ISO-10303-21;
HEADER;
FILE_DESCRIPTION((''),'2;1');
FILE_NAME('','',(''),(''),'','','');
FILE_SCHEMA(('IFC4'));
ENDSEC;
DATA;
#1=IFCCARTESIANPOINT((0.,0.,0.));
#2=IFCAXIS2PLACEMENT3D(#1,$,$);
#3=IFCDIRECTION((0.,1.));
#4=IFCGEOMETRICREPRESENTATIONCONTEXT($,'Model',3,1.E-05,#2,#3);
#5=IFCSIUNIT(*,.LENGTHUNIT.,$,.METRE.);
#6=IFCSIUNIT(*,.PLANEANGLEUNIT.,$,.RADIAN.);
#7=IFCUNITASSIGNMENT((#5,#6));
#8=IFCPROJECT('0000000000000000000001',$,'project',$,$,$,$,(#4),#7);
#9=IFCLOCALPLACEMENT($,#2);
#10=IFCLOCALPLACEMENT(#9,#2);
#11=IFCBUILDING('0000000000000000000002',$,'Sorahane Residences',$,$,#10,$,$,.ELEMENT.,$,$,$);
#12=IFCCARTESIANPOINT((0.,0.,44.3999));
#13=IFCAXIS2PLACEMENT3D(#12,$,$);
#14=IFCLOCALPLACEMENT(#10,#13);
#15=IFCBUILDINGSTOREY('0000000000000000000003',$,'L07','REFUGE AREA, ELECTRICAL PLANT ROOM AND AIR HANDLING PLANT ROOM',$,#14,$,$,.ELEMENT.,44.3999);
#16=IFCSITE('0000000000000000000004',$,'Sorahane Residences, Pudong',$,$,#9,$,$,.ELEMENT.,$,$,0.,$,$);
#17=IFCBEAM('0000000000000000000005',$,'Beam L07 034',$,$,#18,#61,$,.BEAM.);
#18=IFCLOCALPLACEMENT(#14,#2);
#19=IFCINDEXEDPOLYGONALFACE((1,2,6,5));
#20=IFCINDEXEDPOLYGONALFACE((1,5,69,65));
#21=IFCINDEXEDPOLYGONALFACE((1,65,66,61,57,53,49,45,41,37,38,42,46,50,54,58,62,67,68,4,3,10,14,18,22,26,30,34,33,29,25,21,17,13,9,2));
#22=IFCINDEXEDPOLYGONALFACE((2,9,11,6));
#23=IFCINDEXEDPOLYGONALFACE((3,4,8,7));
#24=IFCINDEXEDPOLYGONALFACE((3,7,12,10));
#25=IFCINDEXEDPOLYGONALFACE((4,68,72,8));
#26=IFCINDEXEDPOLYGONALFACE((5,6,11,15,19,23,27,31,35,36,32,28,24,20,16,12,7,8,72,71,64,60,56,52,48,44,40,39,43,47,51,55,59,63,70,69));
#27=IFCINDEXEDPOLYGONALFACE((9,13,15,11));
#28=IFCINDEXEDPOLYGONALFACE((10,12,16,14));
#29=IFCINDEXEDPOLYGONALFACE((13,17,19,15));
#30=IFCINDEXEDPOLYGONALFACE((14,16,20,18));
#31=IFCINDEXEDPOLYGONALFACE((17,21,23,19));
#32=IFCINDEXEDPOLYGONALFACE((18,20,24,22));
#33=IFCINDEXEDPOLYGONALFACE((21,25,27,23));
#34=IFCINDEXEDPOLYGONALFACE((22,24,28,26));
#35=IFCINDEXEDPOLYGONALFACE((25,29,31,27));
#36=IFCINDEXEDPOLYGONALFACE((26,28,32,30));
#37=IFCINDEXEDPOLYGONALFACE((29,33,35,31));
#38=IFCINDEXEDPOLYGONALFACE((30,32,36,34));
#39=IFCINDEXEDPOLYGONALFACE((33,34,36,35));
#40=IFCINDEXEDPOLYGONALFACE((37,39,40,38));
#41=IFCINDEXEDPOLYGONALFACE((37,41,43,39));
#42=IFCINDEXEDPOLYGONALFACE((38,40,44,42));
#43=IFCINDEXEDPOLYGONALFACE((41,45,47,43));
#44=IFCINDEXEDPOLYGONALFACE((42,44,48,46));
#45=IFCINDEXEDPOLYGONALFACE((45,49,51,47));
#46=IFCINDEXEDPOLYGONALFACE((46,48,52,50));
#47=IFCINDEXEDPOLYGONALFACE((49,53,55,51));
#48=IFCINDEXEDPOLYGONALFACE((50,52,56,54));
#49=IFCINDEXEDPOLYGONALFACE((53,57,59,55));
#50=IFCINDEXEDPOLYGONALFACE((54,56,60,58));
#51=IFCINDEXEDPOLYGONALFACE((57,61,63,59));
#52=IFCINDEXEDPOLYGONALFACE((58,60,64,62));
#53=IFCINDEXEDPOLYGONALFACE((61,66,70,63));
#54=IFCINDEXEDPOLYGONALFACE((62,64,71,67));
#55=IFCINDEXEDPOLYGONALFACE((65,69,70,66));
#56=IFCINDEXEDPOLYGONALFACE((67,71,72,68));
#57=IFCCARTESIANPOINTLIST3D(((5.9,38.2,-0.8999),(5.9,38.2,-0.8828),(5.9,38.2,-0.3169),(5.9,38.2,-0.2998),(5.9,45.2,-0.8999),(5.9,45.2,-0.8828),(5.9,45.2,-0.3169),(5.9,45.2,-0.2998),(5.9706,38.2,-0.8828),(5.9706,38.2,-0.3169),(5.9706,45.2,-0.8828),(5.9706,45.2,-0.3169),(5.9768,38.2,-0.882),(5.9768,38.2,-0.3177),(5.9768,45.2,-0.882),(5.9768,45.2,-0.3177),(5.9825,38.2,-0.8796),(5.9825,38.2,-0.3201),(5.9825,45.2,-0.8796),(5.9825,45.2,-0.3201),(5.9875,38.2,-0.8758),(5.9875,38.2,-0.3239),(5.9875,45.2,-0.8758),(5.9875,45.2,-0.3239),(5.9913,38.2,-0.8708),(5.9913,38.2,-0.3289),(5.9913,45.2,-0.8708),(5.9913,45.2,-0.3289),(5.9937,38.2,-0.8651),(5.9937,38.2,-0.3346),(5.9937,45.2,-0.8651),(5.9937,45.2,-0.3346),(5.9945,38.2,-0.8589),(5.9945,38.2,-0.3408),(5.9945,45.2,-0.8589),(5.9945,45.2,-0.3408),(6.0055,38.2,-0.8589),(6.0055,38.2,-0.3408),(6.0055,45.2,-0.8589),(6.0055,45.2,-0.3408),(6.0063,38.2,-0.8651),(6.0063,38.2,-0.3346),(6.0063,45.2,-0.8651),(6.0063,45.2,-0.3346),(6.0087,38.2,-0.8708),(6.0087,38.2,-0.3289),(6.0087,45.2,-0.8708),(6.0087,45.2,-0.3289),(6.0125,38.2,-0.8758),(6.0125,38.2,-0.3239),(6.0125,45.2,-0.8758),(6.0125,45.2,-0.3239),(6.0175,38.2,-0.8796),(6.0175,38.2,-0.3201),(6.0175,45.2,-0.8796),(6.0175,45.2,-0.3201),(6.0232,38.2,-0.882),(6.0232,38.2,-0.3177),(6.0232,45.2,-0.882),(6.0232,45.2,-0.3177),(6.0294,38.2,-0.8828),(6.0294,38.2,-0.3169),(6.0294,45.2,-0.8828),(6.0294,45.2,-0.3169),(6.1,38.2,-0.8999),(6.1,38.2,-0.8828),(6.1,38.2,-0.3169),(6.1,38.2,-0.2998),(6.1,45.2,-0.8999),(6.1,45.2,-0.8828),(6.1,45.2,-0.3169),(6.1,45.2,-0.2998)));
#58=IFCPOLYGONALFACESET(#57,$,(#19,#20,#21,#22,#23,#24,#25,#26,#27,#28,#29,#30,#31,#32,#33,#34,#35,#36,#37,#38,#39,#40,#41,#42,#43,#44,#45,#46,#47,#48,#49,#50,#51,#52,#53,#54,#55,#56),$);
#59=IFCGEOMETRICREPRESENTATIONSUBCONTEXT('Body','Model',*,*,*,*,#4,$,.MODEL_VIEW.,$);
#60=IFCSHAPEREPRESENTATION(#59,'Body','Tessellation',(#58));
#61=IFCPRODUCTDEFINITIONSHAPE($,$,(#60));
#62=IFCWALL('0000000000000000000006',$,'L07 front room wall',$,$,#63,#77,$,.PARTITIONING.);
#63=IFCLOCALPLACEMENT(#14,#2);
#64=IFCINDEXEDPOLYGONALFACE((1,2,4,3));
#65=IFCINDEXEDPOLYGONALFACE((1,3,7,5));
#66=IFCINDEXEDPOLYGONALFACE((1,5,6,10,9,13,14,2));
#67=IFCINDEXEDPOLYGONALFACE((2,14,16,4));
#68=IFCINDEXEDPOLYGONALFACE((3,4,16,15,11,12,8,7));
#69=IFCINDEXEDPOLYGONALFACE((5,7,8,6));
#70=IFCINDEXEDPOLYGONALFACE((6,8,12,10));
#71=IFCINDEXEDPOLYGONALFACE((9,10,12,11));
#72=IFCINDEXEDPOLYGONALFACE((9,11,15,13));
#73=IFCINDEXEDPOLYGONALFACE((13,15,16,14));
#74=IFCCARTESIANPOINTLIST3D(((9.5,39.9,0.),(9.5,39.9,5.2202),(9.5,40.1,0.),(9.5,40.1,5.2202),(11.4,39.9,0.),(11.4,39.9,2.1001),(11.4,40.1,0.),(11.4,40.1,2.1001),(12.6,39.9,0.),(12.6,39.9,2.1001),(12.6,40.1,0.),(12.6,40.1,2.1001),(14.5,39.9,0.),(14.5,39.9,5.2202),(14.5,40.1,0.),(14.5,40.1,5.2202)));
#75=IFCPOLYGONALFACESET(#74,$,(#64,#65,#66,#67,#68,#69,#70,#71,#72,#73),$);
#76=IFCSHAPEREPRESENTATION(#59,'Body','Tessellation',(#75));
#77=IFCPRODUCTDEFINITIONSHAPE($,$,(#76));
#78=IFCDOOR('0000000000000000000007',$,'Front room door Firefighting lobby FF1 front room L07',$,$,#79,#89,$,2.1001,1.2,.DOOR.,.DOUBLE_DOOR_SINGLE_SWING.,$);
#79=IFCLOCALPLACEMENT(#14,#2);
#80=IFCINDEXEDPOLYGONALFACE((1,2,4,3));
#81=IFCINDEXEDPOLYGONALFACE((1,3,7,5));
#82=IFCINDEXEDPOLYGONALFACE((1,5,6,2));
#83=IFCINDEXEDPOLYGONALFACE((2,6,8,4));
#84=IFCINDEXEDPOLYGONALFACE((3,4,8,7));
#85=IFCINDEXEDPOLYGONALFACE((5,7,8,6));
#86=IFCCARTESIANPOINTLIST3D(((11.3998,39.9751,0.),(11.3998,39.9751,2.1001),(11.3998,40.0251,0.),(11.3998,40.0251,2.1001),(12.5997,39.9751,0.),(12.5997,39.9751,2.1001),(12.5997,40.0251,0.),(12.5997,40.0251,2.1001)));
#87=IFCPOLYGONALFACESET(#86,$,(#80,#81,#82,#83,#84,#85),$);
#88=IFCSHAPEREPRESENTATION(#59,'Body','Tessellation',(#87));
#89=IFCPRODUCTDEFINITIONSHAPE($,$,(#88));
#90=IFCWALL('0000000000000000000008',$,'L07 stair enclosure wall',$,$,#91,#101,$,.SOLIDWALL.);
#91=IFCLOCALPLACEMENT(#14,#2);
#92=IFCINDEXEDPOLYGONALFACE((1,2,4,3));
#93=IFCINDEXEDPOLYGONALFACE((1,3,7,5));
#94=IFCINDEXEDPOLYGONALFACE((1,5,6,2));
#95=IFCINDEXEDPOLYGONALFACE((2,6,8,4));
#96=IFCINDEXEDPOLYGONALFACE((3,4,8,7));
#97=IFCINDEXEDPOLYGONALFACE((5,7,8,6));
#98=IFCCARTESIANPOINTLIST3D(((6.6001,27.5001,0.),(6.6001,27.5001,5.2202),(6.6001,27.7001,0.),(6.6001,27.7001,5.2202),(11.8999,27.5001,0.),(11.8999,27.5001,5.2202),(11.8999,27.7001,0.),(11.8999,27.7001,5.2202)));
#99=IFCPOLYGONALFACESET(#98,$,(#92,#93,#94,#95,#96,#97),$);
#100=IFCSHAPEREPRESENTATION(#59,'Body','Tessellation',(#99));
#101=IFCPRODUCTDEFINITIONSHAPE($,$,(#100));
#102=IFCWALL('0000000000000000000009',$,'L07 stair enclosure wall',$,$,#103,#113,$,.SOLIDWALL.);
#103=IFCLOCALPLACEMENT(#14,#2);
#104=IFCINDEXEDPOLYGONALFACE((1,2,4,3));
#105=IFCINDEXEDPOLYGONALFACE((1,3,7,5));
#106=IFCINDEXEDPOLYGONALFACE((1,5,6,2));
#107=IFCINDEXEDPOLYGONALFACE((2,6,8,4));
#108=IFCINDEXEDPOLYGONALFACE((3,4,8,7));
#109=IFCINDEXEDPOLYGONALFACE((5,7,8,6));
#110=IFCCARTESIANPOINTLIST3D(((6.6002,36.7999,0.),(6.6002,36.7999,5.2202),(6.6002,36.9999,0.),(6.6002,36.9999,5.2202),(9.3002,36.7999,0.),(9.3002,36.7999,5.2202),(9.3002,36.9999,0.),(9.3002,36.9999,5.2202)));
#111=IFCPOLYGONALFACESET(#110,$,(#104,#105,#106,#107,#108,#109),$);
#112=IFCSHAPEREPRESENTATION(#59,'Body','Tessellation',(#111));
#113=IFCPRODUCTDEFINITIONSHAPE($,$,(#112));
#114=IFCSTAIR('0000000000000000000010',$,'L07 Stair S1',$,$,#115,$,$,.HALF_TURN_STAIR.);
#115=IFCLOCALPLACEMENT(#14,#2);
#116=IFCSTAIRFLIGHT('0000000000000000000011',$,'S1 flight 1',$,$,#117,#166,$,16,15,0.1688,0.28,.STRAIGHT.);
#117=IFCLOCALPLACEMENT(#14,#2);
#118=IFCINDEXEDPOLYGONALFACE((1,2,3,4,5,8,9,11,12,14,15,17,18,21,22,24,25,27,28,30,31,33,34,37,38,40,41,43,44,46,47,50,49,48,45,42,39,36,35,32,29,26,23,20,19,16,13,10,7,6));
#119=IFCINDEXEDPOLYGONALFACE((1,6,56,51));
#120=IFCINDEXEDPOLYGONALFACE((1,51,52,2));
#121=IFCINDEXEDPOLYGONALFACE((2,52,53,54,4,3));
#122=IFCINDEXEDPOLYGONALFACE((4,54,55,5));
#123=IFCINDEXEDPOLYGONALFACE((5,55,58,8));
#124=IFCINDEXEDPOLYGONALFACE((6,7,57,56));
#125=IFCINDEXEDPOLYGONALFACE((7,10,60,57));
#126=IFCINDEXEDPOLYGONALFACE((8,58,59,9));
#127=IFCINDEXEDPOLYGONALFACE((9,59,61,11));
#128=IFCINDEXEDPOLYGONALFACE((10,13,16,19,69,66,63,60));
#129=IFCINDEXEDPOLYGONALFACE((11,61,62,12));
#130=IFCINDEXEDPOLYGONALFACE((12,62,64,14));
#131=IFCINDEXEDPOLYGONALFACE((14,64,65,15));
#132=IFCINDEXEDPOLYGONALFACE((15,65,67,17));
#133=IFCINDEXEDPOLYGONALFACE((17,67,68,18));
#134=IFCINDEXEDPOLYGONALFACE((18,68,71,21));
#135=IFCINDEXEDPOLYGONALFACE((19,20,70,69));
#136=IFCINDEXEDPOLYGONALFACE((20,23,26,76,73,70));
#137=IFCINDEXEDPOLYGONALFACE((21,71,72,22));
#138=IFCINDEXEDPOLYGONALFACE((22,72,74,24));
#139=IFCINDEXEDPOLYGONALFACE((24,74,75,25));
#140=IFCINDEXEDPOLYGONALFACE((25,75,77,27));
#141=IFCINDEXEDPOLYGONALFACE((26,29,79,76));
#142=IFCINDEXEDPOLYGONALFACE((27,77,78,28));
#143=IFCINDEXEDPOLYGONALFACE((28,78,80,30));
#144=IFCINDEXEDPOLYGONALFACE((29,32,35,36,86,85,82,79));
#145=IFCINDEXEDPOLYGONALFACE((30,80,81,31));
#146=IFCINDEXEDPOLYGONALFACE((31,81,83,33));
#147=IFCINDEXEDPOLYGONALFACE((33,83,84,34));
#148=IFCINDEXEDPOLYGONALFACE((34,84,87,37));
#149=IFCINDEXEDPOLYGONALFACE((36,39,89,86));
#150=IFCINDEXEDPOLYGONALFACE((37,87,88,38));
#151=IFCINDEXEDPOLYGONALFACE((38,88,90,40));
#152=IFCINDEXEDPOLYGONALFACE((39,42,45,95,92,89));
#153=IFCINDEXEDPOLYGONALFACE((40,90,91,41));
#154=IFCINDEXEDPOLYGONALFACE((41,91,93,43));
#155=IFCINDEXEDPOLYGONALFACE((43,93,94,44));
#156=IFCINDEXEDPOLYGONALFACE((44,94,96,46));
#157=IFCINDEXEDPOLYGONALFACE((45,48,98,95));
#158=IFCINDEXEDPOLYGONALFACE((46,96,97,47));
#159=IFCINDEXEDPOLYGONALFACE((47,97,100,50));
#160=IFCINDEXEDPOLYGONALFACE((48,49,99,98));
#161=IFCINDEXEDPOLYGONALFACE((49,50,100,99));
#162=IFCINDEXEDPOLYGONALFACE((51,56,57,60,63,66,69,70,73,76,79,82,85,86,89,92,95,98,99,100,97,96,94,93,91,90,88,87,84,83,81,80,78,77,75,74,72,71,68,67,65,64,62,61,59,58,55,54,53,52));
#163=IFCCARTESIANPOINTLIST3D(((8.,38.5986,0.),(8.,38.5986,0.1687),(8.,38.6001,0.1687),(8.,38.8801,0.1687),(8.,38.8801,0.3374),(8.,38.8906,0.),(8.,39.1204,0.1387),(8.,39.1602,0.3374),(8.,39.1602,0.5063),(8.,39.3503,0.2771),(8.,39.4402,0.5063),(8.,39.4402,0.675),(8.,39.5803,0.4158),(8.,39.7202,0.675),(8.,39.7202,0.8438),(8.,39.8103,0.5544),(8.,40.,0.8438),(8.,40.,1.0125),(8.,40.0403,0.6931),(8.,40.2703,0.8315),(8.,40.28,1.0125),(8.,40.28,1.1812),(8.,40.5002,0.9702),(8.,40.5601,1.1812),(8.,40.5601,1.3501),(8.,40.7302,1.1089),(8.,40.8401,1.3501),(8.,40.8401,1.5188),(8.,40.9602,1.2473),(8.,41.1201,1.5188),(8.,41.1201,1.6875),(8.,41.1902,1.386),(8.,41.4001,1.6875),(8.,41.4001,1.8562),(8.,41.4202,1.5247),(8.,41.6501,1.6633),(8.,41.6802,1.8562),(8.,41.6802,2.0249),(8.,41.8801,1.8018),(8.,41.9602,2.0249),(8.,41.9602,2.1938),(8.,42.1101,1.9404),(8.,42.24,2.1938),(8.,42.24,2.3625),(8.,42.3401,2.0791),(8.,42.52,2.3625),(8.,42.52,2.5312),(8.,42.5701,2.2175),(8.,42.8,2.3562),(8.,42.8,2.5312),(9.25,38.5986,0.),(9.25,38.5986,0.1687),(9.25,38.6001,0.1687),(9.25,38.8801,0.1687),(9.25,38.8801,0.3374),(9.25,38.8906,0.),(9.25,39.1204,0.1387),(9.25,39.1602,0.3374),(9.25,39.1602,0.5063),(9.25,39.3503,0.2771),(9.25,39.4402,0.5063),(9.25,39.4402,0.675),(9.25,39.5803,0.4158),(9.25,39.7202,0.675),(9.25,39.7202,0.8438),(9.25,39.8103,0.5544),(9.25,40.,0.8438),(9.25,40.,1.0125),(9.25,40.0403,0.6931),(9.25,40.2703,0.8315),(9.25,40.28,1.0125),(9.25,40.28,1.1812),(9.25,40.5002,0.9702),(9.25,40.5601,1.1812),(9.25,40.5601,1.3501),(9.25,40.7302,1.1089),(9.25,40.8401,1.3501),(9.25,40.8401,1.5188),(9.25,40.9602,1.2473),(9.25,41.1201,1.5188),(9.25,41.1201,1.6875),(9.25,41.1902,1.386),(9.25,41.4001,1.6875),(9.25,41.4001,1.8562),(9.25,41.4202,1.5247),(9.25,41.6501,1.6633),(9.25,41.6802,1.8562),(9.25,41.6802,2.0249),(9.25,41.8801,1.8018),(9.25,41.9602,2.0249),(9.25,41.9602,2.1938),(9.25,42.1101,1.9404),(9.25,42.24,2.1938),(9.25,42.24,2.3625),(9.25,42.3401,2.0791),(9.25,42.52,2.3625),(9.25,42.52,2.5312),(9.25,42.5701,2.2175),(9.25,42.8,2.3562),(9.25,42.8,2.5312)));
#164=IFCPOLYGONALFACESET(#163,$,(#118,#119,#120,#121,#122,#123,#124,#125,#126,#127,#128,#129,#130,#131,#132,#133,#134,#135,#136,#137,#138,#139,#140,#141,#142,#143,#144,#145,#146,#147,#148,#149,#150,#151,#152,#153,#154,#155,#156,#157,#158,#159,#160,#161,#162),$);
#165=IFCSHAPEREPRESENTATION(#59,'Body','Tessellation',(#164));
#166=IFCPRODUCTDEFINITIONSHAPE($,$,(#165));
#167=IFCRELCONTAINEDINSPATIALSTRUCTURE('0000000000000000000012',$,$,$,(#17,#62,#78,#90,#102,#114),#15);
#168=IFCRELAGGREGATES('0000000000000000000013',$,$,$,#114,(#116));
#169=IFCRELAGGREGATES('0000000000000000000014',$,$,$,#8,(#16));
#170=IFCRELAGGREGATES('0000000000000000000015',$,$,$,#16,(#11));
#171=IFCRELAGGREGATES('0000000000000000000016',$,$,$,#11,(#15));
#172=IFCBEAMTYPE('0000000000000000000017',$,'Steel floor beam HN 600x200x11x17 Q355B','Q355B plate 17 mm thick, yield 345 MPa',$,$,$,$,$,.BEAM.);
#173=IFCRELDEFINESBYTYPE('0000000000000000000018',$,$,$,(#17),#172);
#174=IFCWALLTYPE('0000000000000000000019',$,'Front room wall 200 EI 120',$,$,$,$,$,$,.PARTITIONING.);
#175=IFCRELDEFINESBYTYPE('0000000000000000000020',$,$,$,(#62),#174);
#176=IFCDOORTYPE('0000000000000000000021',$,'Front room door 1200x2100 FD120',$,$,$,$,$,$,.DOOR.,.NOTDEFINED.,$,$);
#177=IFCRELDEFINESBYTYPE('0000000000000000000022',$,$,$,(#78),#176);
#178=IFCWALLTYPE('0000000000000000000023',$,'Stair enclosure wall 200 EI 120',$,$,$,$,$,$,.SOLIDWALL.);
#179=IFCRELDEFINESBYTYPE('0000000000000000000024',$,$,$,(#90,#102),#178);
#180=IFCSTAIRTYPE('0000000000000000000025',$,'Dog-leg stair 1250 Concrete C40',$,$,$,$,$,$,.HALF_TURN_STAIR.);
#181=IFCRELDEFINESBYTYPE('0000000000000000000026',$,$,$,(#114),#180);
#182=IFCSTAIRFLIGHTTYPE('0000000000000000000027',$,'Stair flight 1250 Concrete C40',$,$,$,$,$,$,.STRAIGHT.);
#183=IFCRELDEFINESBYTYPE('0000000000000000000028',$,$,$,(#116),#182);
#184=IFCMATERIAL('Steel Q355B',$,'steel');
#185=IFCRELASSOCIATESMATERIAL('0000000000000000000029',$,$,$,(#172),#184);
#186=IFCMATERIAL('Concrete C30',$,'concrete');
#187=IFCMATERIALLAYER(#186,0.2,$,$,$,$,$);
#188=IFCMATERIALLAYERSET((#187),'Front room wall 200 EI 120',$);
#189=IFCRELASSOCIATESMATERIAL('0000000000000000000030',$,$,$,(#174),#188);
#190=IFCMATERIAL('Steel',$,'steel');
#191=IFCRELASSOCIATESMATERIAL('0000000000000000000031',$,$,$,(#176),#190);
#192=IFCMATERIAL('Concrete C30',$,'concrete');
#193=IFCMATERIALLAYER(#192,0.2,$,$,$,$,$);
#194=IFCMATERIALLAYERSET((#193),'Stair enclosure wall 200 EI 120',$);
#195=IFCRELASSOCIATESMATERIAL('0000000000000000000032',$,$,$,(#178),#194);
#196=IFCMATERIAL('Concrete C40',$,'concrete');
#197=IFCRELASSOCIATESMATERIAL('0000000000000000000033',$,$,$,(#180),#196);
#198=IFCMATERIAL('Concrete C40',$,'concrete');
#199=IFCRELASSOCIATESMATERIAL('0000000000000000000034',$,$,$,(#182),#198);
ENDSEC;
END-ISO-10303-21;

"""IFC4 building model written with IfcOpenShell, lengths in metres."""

from ifc_helpers import new_model, si_unit, direction, frame, frame_2d, origin, origin_2d, place, context, subcontext, project, spatial, polyline, rectangle, i_section, outline, extrude, material, layer, layer_set, material_profile, profile_set, type_object, element, fill, aggregate, save


model = new_model("IFC4")

# Units and contexts
model_context = context("Model", 3, precision=1e-05, world=origin(), true_north=direction((0.0, 1.0)))
body_context = subcontext(model_context, "Body", "Model", "MODEL_VIEW")
ifc_project = project(units=[si_unit("LENGTHUNIT", "METRE"), si_unit("PLANEANGLEUNIT", "RADIAN")], contexts=[model_context])

# Site, building, storey
site_placement = place(None, origin())
site = spatial("IfcSite", under=ifc_project, at=site_placement, Name="Sorahane Residences, Pudong", CompositionType="ELEMENT", RefElevation=0.0)
building_placement = place(site_placement, origin())
building = spatial("IfcBuilding", under=site, at=building_placement, Name="Sorahane Residences", CompositionType="ELEMENT")
storey_placement = place(building_placement, frame((0.0, 0.0, 44.3999)))
storey = spatial("IfcBuildingStorey", under=building, at=storey_placement, Name="L07", Description="REFUGE AREA, ELECTRICAL PLANT ROOM AND AIR HANDLING PLANT ROOM", CompositionType="ELEMENT", Elevation=44.3999)

# Beam
ifc_material_1 = material(Name="Steel Q355B", Category="steel")
ifc_material_profile_1 = material_profile(ifc_material_1, i_section(OverallWidth=0.2, OverallDepth=0.6001, WebThickness=0.011, FlangeThickness=0.0171, FilletRadius=0.0239, at=origin_2d()), Name="HN 600x200x11x17")
ifc_profile_set_1 = profile_set([ifc_material_profile_1], Name="Steel Q355B")
beam_type_1 = type_object("IfcBeamType", Name="Steel floor beam HN 600x200x11x17 Q355B", Description="Q355B plate 17 mm thick, yield 345 MPa", PredefinedType="BEAM", material=ifc_profile_set_1)
for number, where, z_axis, x_axis, name in (
    (1, (6.0, 38.2, -0.5999), (0.0, 1.0, 0.0), (-1.0, 0.0, 0.0), "Beam L07 034"),
):
    element("IfcBeam", number, at=place(storey_placement, frame(where, z_axis=z_axis, x_axis=x_axis)), inside=storey, type_object=beam_type_1, Name=name, PredefinedType="BEAM", context=body_context, shape_type="SweptSolid", body=[
        extrude(i_section(OverallWidth=0.2, OverallDepth=0.6001, WebThickness=0.011, FlangeThickness=0.0171, FilletRadius=0.0239, at=origin_2d()), origin(), (0.0, 0.0, 1.0), 7.0),
    ])

# Wall, opening, door
ifc_material_2 = material(Name="Concrete C30", Category="concrete")
ifc_layer_1 = layer(ifc_material_2, 0.2)
ifc_layer_set_1 = layer_set([ifc_layer_1], Name="Front room wall 200 EI 120")
wall_type_1 = type_object("IfcWallType", Name="Front room wall 200 EI 120", PredefinedType="PARTITIONING", material=ifc_layer_set_1)
wall_1_placement = place(storey_placement, frame((9.5, 40.0, 0.0), z_axis=(0.0, 0.0, 1.0), x_axis=(1.0, 0.0, 0.0)))
wall_1 = element("IfcWall", 2, at=wall_1_placement, inside=storey, type_object=wall_type_1, Name="L07 front room wall", PredefinedType="PARTITIONING", context=body_context, shape_type="SweptSolid", body=[
    extrude(rectangle(XDim=5.0, YDim=0.2, at=frame_2d((2.5, 0.0))), origin(), (0.0, 0.0, 1.0), 5.2202),
])
opening_placement = place(wall_1_placement, frame((1.8999, 0.0, 0.0)))
opening = element("IfcOpeningElement", 3, at=opening_placement, cuts=wall_1, PredefinedType="OPENING", context=body_context, shape_type="SweptSolid", body=[
    extrude(rectangle(XDim=1.2, YDim=2.1001, at=frame_2d((0.6001, 1.05))), frame((0.0, 0.1099, 0.0), z_axis=(0.0, -1.0, 0.0), x_axis=(1.0, 0.0, 0.0)), (0.0, 0.0, 1.0), 0.22),
])
ifc_material_3 = material(Name="Steel", Category="steel")
door_type = type_object("IfcDoorType", Name="Front room door 1200x2100 FD120", OperationType="NOTDEFINED", PredefinedType="DOOR", material=ifc_material_3)
door_placement = place(opening_placement, frame((1.2, 0.0, 0.0), z_axis=(0.0, 0.0, 1.0), x_axis=(-1.0, 0.0, 0.0)))
door = element("IfcDoor", 4, at=door_placement, inside=storey, type_object=door_type, Name="Front room door Firefighting lobby FF1 front room L07", OperationType="DOUBLE_DOOR_SINGLE_SWING", OverallHeight=2.1001, OverallWidth=1.2, PredefinedType="DOOR", context=body_context, shape_type="SweptSolid", body=[
    extrude(rectangle(XDim=1.2, YDim=2.1001, at=frame_2d((0.6001, 1.05))), frame((0.0, 0.0249, 0.0), z_axis=(0.0, -1.0, 0.0), x_axis=(1.0, 0.0, 0.0)), (0.0, 0.0, 1.0), 0.05),
])
fill(opening, door)

# Walls
ifc_material_4 = material(Name="Concrete C30", Category="concrete")
ifc_layer_2 = layer(ifc_material_4, 0.2)
ifc_layer_set_2 = layer_set([ifc_layer_2], Name="Stair enclosure wall 200 EI 120")
wall_type_2 = type_object("IfcWallType", Name="Stair enclosure wall 200 EI 120", PredefinedType="SOLIDWALL", material=ifc_layer_set_2)
wall_2_placement = place(storey_placement, frame((6.6001, 27.6001, 0.0), z_axis=(0.0, 0.0, 1.0), x_axis=(1.0, 0.0, 0.0)))
element("IfcWall", 5, at=wall_2_placement, inside=storey, type_object=wall_type_2, Name="L07 stair enclosure wall", PredefinedType="SOLIDWALL", context=body_context, shape_type="SweptSolid", body=[
    extrude(rectangle(XDim=5.2998, YDim=0.2, at=frame_2d((2.6499, 0.0))), origin(), (0.0, 0.0, 1.0), 5.2202),
])
wall_3_placement = place(storey_placement, frame((6.6001, 36.8999, 0.0), z_axis=(0.0, 0.0, 1.0), x_axis=(1.0, 0.0, 0.0)))
element("IfcWall", 6, at=wall_3_placement, inside=storey, type_object=wall_type_2, Name="L07 stair enclosure wall", PredefinedType="SOLIDWALL", context=body_context, shape_type="SweptSolid", body=[
    extrude(rectangle(XDim=2.7, YDim=0.2, at=frame_2d((1.3501, 0.0))), origin(), (0.0, 0.0, 1.0), 5.2202),
])

# Stair, stair flight
ifc_material_5 = material(Name="Concrete C40", Category="concrete")
stair_type = type_object("IfcStairType", Name="Dog-leg stair 1250 Concrete C40", PredefinedType="HALF_TURN_STAIR", material=ifc_material_5)
stair_placement = place(storey_placement, origin())
stair = element("IfcStair", 7, at=stair_placement, inside=storey, type_object=stair_type, Name="L07 Stair S1", PredefinedType="HALF_TURN_STAIR")
ifc_material_6 = material(Name="Concrete C40", Category="concrete")
stair_flight_type = type_object("IfcStairFlightType", Name="Stair flight 1250 Concrete C40", PredefinedType="STRAIGHT", material=ifc_material_6)
stair_flight_placement = place(storey_placement, frame((8.625, 38.6001, 0.0), z_axis=(0.0, 0.0, 1.0), x_axis=(0.0, 1.0, 0.0)))
stair_flight = element("IfcStairFlight", 8, at=stair_flight_placement, type_object=stair_flight_type, Name="S1 flight 1", NumberOfRisers=16, NumberOfTreads=15, PredefinedType="STRAIGHT", RiserHeight=0.1688, TreadLength=0.28, context=body_context, shape_type="SweptSolid", body=[
    extrude(outline(polyline([(-0.0015, 0.0), (-0.0015, 0.1687), (0.0, 0.1687), (0.28, 0.1687), (0.28, 0.3374), (0.5601, 0.3374), (0.5601, 0.5063), (0.8401, 0.5063), (0.8401, 0.675), (1.1201, 0.675), (1.1201, 0.8438), (1.3999, 0.8438), (1.3999, 1.0125), (1.6799, 1.0125), (1.6799, 1.1812), (1.96, 1.1812), (1.96, 1.3501), (2.24, 1.3501), (2.24, 1.5188), (2.52, 1.5188), (2.52, 1.6875), (2.8, 1.6875), (2.8, 1.8562), (3.0801, 1.8562), (3.0801, 2.0249), (3.3601, 2.0249), (3.3601, 2.1938), (3.6399, 2.1938), (3.6399, 2.3625), (3.9199, 2.3625), (3.9199, 2.5312), (4.2, 2.5312), (4.2, 2.7), (4.2, 2.3562), (3.97, 2.2175), (3.74, 2.0791), (3.51, 1.9404), (3.28, 1.8018), (3.05, 1.6633), (2.8201, 1.5247), (2.5901, 1.386), (2.3601, 1.2473), (2.1301, 1.1089), (1.9001, 0.9702), (1.6702, 0.8315), (1.4402, 0.6931), (1.2102, 0.5544), (0.9802, 0.4158), (0.7502, 0.2771), (0.5203, 0.1387), (0.2905, 0.0), (-0.0015, 0.0)])), frame((0.0, 0.625, 0.0), z_axis=(0.0, -1.0, 0.0), x_axis=(1.0, 0.0, 0.0)), (0.0, 0.0, 1.0), 1.25),
])
aggregate(stair, [stair_flight])

save(model, "model.ifc")
